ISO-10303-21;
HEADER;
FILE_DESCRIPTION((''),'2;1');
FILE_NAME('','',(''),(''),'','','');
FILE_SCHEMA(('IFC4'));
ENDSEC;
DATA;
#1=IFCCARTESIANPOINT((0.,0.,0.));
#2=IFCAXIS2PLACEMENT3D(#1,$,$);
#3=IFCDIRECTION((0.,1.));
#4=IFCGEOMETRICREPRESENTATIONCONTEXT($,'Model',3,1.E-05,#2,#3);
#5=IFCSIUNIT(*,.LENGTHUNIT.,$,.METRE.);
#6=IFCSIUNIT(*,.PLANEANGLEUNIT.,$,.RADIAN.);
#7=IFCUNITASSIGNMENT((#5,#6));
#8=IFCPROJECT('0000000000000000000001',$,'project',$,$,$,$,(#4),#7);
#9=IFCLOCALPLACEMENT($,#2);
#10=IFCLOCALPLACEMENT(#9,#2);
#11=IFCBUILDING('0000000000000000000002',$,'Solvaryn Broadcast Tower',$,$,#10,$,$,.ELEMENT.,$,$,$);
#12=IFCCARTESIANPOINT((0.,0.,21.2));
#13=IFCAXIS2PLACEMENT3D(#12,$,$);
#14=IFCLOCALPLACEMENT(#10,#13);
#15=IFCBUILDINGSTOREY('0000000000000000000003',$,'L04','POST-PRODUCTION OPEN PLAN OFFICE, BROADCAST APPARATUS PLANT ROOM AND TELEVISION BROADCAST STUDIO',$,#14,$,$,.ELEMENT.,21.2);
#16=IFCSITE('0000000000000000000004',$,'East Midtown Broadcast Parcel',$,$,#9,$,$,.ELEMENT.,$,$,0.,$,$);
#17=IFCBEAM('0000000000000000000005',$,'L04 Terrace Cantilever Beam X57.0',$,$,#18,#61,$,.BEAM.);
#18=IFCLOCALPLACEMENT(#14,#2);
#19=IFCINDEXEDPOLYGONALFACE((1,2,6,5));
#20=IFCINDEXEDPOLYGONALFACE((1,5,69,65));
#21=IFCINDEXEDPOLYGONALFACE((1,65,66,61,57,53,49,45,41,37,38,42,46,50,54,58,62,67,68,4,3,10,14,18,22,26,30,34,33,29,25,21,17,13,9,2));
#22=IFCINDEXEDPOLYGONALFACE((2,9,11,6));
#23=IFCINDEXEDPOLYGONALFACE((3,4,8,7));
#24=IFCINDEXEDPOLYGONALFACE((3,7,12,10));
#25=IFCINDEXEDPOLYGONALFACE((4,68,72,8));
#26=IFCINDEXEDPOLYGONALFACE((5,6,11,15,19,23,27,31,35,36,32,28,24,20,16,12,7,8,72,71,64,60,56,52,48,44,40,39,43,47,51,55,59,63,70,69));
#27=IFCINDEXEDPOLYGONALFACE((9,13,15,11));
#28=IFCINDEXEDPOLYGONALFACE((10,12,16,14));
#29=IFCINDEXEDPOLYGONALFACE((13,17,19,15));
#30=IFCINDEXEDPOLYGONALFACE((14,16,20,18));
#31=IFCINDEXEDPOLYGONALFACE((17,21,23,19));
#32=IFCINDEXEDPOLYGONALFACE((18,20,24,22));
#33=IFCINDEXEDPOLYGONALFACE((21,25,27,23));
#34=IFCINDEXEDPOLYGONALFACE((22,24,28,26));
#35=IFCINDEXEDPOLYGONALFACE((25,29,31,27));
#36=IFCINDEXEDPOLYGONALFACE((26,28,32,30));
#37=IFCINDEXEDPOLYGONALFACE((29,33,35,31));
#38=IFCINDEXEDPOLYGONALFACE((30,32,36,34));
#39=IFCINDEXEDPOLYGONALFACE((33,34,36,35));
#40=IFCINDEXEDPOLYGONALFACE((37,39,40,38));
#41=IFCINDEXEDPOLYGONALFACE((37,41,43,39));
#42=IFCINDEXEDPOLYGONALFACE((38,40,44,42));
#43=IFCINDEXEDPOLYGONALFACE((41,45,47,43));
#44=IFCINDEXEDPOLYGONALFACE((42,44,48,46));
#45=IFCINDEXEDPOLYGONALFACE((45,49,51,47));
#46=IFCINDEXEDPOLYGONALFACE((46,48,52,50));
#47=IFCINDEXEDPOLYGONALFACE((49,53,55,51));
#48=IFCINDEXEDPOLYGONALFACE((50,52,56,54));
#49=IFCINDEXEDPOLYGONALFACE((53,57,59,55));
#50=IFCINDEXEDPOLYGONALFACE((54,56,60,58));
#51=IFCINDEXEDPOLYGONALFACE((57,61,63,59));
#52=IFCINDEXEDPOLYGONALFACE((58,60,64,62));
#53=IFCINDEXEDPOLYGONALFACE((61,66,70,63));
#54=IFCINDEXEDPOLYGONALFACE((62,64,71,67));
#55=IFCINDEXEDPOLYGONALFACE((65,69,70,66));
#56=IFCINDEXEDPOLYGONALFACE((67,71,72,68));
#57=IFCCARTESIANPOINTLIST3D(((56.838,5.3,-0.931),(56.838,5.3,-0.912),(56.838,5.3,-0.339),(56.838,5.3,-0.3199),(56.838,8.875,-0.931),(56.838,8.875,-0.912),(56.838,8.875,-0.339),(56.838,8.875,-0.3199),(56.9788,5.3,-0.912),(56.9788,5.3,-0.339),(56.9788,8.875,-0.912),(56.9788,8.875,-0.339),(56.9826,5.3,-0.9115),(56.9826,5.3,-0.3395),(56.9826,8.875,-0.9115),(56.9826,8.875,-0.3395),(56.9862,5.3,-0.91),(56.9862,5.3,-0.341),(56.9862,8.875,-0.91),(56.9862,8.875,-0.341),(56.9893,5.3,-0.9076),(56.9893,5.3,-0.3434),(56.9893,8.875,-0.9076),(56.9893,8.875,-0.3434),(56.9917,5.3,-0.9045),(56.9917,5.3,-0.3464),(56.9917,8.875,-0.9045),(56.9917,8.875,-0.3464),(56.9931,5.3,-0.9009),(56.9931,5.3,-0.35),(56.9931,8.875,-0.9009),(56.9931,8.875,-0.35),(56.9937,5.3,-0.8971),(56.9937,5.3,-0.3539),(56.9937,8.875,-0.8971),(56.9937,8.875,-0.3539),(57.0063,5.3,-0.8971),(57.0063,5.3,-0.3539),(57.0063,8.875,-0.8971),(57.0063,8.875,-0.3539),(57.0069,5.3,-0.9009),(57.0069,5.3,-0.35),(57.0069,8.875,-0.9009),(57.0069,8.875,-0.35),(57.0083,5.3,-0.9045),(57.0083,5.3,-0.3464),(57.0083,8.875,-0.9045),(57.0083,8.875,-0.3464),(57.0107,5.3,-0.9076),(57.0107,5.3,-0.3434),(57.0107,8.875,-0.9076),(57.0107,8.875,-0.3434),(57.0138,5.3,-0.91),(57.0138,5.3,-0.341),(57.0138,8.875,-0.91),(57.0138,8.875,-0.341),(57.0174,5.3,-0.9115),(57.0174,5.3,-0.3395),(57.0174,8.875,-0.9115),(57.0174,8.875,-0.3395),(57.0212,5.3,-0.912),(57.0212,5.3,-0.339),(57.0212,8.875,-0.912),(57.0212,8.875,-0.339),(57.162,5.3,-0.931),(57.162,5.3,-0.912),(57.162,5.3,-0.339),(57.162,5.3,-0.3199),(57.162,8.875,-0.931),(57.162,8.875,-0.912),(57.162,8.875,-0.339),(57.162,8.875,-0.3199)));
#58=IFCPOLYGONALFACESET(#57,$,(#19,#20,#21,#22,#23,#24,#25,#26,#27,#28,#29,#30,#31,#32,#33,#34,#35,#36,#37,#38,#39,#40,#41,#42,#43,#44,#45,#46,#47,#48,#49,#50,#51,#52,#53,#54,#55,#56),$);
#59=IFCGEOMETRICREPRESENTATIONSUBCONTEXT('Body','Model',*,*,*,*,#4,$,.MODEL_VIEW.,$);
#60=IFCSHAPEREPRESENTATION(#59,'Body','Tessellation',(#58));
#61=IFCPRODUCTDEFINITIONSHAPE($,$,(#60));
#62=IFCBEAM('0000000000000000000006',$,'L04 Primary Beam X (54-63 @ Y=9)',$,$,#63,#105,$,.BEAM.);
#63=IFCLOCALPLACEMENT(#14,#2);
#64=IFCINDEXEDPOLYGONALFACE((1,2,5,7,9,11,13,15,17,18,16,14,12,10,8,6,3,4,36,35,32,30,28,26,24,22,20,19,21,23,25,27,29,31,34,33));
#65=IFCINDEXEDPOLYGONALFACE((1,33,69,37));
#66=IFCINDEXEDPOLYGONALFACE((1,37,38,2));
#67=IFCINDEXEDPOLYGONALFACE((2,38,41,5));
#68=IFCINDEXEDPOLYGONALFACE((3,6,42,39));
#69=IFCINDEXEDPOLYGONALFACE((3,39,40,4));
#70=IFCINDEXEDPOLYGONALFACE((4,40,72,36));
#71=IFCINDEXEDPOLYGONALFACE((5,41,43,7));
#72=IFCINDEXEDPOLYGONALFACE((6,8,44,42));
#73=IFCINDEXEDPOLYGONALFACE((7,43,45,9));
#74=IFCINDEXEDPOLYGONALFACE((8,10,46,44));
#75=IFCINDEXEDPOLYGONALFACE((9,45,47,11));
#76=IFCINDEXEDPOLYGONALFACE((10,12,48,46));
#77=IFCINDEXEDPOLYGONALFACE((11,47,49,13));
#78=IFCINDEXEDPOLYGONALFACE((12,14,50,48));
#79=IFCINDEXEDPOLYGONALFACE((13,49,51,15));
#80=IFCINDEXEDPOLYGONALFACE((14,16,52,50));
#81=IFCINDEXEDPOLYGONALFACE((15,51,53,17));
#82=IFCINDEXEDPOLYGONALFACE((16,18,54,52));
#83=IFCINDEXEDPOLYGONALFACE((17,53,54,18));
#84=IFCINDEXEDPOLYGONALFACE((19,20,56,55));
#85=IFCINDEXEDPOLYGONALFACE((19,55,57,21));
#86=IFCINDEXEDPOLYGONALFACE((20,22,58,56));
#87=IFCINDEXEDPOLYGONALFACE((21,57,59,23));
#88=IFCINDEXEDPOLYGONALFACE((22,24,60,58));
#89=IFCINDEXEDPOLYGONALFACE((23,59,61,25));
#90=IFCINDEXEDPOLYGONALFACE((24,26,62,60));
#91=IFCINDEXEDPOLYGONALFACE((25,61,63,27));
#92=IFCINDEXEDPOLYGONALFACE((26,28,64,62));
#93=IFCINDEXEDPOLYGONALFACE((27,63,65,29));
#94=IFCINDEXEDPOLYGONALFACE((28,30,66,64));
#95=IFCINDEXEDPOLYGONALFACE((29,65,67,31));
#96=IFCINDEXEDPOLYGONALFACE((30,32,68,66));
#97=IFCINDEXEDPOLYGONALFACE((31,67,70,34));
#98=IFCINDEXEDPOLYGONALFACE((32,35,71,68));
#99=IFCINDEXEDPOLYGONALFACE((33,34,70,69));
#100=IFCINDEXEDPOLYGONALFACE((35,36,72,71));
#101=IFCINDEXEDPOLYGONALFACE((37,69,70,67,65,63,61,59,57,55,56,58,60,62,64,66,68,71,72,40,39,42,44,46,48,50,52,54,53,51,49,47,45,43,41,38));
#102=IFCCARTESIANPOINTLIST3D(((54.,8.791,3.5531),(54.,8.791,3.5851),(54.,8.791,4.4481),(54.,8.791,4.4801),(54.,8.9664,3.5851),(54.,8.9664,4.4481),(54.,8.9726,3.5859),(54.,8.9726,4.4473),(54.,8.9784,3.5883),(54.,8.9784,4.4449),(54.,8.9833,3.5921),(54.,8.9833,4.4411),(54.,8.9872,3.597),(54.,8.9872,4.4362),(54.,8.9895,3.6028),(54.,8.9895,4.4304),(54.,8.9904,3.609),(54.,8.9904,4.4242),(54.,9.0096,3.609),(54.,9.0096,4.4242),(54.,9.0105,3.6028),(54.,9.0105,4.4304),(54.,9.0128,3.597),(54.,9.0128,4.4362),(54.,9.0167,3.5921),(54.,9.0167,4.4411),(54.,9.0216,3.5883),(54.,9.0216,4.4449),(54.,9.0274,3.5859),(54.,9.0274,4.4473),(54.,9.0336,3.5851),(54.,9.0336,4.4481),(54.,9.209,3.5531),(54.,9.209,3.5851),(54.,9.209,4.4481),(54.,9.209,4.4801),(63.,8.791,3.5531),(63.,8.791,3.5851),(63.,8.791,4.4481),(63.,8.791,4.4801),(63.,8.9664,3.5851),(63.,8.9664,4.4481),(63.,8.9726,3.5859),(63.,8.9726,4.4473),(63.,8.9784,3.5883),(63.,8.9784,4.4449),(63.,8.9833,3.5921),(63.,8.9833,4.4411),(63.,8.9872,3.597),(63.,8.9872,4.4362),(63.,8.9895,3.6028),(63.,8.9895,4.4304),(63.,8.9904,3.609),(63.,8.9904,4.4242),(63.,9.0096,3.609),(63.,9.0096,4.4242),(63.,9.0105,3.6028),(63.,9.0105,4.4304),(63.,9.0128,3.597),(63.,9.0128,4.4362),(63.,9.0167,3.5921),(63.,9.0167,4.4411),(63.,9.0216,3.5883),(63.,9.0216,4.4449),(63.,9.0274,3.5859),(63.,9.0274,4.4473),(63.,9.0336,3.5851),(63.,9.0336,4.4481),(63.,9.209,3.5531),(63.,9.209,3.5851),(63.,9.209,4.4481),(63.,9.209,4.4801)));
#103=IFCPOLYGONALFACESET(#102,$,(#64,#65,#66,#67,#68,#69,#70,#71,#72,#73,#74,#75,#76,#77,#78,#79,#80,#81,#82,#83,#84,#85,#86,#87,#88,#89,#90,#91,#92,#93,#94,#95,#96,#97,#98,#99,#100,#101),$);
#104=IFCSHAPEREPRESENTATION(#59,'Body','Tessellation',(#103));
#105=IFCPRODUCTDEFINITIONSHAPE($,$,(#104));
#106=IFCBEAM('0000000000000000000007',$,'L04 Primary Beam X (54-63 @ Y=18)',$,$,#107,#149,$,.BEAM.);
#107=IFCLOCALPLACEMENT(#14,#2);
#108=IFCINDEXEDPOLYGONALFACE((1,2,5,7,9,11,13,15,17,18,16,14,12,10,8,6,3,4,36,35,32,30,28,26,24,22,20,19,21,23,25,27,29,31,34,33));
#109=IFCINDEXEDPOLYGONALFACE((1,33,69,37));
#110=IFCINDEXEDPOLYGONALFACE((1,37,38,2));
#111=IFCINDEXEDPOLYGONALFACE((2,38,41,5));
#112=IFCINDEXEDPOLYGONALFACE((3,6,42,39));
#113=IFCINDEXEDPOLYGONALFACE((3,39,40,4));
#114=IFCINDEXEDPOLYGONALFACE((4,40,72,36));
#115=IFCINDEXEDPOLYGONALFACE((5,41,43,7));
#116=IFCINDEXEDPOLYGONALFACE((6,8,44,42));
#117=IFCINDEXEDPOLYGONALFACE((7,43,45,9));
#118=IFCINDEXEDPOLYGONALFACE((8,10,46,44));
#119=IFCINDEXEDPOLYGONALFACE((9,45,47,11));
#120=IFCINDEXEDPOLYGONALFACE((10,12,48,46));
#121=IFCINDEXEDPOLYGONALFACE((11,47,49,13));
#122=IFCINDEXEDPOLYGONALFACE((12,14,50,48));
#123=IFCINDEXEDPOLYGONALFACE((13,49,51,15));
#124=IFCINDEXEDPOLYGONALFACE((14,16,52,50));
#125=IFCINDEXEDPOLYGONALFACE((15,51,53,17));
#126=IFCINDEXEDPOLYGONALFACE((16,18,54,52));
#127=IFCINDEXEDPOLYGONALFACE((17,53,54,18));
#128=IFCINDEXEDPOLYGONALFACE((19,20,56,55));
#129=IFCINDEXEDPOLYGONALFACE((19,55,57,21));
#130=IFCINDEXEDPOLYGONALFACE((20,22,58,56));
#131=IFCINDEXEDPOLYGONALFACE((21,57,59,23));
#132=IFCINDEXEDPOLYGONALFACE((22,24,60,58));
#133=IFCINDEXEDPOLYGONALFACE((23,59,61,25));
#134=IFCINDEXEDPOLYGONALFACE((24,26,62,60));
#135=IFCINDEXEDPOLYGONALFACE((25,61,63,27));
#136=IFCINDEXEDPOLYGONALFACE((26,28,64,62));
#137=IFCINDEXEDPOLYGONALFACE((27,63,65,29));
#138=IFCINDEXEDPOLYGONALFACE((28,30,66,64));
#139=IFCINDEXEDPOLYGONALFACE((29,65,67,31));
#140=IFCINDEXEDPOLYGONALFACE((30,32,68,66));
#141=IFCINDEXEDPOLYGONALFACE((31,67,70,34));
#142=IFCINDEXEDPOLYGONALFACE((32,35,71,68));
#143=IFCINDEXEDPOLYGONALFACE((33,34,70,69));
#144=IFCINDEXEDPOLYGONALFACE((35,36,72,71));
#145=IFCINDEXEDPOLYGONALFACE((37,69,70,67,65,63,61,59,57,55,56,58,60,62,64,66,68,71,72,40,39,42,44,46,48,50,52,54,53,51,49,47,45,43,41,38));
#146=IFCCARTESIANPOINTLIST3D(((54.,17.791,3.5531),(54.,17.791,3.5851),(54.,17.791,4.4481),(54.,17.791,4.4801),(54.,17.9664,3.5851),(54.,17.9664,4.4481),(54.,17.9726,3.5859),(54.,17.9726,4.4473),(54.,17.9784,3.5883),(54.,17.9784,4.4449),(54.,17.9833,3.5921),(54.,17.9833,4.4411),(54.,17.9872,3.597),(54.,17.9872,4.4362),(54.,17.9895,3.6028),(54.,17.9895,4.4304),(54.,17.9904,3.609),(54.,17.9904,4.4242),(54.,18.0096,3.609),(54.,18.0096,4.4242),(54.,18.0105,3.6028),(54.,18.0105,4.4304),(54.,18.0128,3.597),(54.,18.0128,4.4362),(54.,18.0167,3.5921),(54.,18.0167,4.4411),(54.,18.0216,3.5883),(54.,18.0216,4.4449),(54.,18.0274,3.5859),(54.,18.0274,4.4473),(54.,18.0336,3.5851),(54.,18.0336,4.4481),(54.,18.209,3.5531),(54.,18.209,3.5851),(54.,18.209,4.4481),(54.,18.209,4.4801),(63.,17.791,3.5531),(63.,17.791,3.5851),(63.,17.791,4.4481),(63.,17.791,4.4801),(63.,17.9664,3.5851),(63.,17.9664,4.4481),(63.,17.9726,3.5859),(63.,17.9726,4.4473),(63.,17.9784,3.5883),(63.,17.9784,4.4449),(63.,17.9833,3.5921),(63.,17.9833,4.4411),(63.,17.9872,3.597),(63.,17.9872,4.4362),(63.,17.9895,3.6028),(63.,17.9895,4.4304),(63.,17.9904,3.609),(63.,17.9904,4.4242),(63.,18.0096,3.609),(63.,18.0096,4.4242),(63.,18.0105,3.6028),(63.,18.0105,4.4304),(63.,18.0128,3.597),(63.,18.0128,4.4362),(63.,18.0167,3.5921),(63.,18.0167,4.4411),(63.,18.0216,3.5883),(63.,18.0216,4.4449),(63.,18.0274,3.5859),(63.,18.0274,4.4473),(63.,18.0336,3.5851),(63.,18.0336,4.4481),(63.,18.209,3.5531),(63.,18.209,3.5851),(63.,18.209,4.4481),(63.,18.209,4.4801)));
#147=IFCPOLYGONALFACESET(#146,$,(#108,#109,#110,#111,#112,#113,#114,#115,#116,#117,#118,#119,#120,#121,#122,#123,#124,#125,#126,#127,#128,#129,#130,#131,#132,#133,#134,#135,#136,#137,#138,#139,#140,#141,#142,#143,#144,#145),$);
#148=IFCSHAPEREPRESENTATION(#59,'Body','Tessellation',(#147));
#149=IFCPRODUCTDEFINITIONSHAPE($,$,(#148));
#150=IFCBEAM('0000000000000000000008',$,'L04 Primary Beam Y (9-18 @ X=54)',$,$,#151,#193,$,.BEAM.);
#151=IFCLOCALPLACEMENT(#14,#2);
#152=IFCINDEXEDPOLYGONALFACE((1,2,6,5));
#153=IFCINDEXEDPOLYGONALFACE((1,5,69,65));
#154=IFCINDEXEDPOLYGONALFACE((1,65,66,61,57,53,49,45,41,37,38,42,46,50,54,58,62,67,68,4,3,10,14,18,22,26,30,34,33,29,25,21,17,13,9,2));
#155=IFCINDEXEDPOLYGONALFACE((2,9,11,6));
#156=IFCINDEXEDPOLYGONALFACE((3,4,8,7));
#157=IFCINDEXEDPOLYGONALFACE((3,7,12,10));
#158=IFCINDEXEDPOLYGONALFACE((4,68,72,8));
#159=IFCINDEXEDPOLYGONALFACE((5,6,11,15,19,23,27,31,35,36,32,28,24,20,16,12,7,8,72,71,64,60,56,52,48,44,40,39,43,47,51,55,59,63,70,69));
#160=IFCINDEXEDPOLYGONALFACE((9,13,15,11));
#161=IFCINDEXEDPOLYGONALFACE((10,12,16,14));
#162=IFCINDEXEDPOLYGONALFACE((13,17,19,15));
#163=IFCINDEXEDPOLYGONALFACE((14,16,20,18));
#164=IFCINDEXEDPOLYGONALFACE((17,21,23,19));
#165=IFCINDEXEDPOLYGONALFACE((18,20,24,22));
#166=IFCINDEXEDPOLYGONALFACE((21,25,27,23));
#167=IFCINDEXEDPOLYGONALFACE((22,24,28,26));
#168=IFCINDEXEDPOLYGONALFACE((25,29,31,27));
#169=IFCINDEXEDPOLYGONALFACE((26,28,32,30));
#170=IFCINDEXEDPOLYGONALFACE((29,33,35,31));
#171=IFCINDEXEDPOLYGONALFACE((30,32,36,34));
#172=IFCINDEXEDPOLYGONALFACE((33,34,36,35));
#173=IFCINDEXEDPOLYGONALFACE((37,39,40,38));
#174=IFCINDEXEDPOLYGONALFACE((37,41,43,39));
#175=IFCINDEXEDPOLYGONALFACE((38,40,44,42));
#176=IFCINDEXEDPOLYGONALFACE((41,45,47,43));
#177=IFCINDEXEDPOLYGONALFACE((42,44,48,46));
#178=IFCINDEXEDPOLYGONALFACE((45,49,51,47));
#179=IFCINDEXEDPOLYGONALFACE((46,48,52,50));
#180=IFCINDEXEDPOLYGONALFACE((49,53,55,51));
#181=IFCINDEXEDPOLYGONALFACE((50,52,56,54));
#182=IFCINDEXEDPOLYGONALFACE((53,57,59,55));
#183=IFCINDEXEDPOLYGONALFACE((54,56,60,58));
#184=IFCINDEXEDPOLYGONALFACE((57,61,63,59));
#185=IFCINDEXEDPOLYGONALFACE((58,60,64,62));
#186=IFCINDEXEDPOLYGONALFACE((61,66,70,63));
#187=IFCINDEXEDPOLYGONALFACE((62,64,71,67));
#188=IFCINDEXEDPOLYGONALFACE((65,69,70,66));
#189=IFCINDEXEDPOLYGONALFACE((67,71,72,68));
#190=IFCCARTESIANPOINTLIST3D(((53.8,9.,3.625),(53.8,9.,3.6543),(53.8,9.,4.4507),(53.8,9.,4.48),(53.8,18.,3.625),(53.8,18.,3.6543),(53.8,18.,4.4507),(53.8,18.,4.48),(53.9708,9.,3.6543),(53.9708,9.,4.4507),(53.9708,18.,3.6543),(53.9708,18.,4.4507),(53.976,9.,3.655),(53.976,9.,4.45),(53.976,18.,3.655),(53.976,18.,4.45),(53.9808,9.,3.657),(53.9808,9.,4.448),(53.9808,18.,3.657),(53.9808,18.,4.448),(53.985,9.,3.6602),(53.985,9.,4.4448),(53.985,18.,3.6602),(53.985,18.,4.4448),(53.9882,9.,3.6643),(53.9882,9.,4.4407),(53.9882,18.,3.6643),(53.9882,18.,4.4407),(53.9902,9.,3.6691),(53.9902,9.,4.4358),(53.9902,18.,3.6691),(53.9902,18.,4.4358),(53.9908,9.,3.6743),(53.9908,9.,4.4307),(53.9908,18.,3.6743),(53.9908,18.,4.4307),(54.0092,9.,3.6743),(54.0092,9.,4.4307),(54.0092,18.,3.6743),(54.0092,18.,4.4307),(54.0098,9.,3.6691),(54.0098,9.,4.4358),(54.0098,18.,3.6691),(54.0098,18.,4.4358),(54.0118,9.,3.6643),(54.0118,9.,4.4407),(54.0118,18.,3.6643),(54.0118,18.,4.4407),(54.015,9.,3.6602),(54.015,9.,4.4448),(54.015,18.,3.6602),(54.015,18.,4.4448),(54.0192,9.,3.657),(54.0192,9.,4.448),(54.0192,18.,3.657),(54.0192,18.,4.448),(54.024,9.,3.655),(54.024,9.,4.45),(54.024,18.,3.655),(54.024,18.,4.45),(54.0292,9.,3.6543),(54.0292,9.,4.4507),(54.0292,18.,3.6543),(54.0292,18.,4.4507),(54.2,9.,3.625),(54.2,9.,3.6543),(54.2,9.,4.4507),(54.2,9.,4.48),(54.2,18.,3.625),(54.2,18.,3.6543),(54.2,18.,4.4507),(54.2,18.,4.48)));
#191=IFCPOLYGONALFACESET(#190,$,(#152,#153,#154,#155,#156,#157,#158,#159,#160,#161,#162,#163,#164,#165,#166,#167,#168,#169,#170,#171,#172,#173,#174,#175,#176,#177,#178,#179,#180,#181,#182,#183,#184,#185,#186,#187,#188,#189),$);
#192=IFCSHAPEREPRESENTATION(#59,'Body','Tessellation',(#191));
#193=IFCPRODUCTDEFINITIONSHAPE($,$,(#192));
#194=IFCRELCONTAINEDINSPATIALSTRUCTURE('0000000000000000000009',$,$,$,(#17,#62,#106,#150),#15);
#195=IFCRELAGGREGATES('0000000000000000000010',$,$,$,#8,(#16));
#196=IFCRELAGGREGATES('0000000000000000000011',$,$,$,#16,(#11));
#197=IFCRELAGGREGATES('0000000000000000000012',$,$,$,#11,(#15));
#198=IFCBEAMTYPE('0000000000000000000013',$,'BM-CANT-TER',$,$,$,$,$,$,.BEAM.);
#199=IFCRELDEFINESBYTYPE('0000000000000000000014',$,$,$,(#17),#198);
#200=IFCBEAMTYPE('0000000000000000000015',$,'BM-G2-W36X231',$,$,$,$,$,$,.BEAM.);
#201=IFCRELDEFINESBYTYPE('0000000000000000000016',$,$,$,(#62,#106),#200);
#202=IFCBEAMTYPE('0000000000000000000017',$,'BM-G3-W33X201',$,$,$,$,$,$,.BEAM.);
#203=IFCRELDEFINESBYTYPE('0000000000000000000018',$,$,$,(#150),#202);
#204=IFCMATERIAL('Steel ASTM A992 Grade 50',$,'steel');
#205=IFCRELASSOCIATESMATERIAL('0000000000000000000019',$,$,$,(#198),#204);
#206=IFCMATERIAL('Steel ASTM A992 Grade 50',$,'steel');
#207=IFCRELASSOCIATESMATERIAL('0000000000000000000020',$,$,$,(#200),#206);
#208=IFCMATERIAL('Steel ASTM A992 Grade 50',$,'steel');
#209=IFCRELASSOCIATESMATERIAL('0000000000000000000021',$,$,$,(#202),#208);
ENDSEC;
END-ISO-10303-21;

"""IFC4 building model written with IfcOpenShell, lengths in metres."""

from ifc_helpers import new_model, si_unit, direction, frame, origin, origin_2d, place, context, subcontext, project, spatial, i_section, extrude, material, material_profile, profile_set, type_object, element, save


model = new_model("IFC4")

# Units and contexts
model_context = context("Model", 3, precision=1e-05, world=origin(), true_north=direction((0.0, 1.0)))
body_context = subcontext(model_context, "Body", "Model", "MODEL_VIEW")
ifc_project = project(units=[si_unit("LENGTHUNIT", "METRE"), si_unit("PLANEANGLEUNIT", "RADIAN")], contexts=[model_context])

# Site, building, storey
site_placement = place(None, origin())
site = spatial("IfcSite", under=ifc_project, at=site_placement, Name="East Midtown Broadcast Parcel", CompositionType="ELEMENT", RefElevation=0.0)
building_placement = place(site_placement, origin())
building = spatial("IfcBuilding", under=site, at=building_placement, Name="Solvaryn Broadcast Tower", CompositionType="ELEMENT")
storey_placement = place(building_placement, frame((0.0, 0.0, 21.2)))
storey = spatial("IfcBuildingStorey", under=building, at=storey_placement, Name="L04", Description="POST-PRODUCTION OPEN PLAN OFFICE, BROADCAST APPARATUS PLANT ROOM AND TELEVISION BROADCAST STUDIO", CompositionType="ELEMENT", Elevation=21.2)

# Beams
ifc_material_1 = material(Name="Steel ASTM A992 Grade 50", Category="steel")
ifc_material_profile_1 = material_profile(ifc_material_1, i_section(OverallWidth=0.324, OverallDepth=0.6111, WebThickness=0.0127, FlangeThickness=0.019, FilletRadius=0.0149, at=origin_2d()))
ifc_profile_set_1 = profile_set([ifc_material_profile_1], Name="Steel ASTM A992 Grade 50")
beam_type_1 = type_object("IfcBeamType", Name="BM-CANT-TER", PredefinedType="BEAM", material=ifc_profile_set_1)
beam_1_placement = place(storey_placement, frame((57.0, 8.875, -0.6255), z_axis=(0.0, -1.0, 0.0), x_axis=(1.0, 0.0, 0.0)))
element("IfcBeam", 1, at=beam_1_placement, inside=storey, type_object=beam_type_1, Name="L04 Terrace Cantilever Beam X57.0", PredefinedType="BEAM", context=body_context, shape_type="SweptSolid", body=[
    extrude(i_section(OverallWidth=0.324, OverallDepth=0.6111, WebThickness=0.0127, FlangeThickness=0.019, FilletRadius=0.0149, at=origin_2d()), origin(), (0.0, 0.0, 1.0), 3.575),
])
ifc_material_2 = material(Name="Steel ASTM A992 Grade 50", Category="steel")
ifc_material_profile_2 = material_profile(ifc_material_2, i_section(OverallWidth=0.418, OverallDepth=0.927, WebThickness=0.0193, FlangeThickness=0.032, FilletRadius=0.0239, at=origin_2d()))
ifc_profile_set_2 = profile_set([ifc_material_profile_2], Name="Steel ASTM A992 Grade 50")
beam_type_2 = type_object("IfcBeamType", Name="BM-G2-W36X231", PredefinedType="BEAM", material=ifc_profile_set_2)
for number, where, z_axis, x_axis, name in (
    (2, (54.0, 9.0, 4.0166), (1.0, 0.0, 0.0), (0.0, 1.0, 0.0), "L04 Primary Beam X (54-63 @ Y=9)"),
    (3, (54.0, 18.0, 4.0166), (1.0, 0.0, 0.0), (0.0, 1.0, 0.0), "L04 Primary Beam X (54-63 @ Y=18)"),
):
    element("IfcBeam", number, at=place(storey_placement, frame(where, z_axis=z_axis, x_axis=x_axis)), inside=storey, type_object=beam_type_2, Name=name, PredefinedType="BEAM", context=body_context, shape_type="SweptSolid", body=[
        extrude(i_section(OverallWidth=0.418, OverallDepth=0.927, WebThickness=0.0193, FlangeThickness=0.032, FilletRadius=0.0239, at=origin_2d()), origin(), (0.0, 0.0, 1.0), 9.0),
    ])
ifc_material_3 = material(Name="Steel ASTM A992 Grade 50", Category="steel")
ifc_material_profile_3 = material_profile(ifc_material_3, i_section(OverallWidth=0.3999, OverallDepth=0.855, WebThickness=0.0183, FlangeThickness=0.0293, FilletRadius=0.02, at=origin_2d()))
ifc_profile_set_3 = profile_set([ifc_material_profile_3], Name="Steel ASTM A992 Grade 50")
beam_type_3 = type_object("IfcBeamType", Name="BM-G3-W33X201", PredefinedType="BEAM", material=ifc_profile_set_3)
for number, where, z_axis, x_axis, name in (
    (4, (54.0, 9.0, 4.0525), (0.0, 1.0, 0.0), (-1.0, 0.0, 0.0), "L04 Primary Beam Y (9-18 @ X=54)"),
):
    element("IfcBeam", number, at=place(storey_placement, frame(where, z_axis=z_axis, x_axis=x_axis)), inside=storey, type_object=beam_type_3, Name=name, PredefinedType="BEAM", context=body_context, shape_type="SweptSolid", body=[
        extrude(i_section(OverallWidth=0.3999, OverallDepth=0.855, WebThickness=0.0183, FlangeThickness=0.0293, FilletRadius=0.02, at=origin_2d()), origin(), (0.0, 0.0, 1.0), 9.0),
    ])

save(model, "model.ifc")
